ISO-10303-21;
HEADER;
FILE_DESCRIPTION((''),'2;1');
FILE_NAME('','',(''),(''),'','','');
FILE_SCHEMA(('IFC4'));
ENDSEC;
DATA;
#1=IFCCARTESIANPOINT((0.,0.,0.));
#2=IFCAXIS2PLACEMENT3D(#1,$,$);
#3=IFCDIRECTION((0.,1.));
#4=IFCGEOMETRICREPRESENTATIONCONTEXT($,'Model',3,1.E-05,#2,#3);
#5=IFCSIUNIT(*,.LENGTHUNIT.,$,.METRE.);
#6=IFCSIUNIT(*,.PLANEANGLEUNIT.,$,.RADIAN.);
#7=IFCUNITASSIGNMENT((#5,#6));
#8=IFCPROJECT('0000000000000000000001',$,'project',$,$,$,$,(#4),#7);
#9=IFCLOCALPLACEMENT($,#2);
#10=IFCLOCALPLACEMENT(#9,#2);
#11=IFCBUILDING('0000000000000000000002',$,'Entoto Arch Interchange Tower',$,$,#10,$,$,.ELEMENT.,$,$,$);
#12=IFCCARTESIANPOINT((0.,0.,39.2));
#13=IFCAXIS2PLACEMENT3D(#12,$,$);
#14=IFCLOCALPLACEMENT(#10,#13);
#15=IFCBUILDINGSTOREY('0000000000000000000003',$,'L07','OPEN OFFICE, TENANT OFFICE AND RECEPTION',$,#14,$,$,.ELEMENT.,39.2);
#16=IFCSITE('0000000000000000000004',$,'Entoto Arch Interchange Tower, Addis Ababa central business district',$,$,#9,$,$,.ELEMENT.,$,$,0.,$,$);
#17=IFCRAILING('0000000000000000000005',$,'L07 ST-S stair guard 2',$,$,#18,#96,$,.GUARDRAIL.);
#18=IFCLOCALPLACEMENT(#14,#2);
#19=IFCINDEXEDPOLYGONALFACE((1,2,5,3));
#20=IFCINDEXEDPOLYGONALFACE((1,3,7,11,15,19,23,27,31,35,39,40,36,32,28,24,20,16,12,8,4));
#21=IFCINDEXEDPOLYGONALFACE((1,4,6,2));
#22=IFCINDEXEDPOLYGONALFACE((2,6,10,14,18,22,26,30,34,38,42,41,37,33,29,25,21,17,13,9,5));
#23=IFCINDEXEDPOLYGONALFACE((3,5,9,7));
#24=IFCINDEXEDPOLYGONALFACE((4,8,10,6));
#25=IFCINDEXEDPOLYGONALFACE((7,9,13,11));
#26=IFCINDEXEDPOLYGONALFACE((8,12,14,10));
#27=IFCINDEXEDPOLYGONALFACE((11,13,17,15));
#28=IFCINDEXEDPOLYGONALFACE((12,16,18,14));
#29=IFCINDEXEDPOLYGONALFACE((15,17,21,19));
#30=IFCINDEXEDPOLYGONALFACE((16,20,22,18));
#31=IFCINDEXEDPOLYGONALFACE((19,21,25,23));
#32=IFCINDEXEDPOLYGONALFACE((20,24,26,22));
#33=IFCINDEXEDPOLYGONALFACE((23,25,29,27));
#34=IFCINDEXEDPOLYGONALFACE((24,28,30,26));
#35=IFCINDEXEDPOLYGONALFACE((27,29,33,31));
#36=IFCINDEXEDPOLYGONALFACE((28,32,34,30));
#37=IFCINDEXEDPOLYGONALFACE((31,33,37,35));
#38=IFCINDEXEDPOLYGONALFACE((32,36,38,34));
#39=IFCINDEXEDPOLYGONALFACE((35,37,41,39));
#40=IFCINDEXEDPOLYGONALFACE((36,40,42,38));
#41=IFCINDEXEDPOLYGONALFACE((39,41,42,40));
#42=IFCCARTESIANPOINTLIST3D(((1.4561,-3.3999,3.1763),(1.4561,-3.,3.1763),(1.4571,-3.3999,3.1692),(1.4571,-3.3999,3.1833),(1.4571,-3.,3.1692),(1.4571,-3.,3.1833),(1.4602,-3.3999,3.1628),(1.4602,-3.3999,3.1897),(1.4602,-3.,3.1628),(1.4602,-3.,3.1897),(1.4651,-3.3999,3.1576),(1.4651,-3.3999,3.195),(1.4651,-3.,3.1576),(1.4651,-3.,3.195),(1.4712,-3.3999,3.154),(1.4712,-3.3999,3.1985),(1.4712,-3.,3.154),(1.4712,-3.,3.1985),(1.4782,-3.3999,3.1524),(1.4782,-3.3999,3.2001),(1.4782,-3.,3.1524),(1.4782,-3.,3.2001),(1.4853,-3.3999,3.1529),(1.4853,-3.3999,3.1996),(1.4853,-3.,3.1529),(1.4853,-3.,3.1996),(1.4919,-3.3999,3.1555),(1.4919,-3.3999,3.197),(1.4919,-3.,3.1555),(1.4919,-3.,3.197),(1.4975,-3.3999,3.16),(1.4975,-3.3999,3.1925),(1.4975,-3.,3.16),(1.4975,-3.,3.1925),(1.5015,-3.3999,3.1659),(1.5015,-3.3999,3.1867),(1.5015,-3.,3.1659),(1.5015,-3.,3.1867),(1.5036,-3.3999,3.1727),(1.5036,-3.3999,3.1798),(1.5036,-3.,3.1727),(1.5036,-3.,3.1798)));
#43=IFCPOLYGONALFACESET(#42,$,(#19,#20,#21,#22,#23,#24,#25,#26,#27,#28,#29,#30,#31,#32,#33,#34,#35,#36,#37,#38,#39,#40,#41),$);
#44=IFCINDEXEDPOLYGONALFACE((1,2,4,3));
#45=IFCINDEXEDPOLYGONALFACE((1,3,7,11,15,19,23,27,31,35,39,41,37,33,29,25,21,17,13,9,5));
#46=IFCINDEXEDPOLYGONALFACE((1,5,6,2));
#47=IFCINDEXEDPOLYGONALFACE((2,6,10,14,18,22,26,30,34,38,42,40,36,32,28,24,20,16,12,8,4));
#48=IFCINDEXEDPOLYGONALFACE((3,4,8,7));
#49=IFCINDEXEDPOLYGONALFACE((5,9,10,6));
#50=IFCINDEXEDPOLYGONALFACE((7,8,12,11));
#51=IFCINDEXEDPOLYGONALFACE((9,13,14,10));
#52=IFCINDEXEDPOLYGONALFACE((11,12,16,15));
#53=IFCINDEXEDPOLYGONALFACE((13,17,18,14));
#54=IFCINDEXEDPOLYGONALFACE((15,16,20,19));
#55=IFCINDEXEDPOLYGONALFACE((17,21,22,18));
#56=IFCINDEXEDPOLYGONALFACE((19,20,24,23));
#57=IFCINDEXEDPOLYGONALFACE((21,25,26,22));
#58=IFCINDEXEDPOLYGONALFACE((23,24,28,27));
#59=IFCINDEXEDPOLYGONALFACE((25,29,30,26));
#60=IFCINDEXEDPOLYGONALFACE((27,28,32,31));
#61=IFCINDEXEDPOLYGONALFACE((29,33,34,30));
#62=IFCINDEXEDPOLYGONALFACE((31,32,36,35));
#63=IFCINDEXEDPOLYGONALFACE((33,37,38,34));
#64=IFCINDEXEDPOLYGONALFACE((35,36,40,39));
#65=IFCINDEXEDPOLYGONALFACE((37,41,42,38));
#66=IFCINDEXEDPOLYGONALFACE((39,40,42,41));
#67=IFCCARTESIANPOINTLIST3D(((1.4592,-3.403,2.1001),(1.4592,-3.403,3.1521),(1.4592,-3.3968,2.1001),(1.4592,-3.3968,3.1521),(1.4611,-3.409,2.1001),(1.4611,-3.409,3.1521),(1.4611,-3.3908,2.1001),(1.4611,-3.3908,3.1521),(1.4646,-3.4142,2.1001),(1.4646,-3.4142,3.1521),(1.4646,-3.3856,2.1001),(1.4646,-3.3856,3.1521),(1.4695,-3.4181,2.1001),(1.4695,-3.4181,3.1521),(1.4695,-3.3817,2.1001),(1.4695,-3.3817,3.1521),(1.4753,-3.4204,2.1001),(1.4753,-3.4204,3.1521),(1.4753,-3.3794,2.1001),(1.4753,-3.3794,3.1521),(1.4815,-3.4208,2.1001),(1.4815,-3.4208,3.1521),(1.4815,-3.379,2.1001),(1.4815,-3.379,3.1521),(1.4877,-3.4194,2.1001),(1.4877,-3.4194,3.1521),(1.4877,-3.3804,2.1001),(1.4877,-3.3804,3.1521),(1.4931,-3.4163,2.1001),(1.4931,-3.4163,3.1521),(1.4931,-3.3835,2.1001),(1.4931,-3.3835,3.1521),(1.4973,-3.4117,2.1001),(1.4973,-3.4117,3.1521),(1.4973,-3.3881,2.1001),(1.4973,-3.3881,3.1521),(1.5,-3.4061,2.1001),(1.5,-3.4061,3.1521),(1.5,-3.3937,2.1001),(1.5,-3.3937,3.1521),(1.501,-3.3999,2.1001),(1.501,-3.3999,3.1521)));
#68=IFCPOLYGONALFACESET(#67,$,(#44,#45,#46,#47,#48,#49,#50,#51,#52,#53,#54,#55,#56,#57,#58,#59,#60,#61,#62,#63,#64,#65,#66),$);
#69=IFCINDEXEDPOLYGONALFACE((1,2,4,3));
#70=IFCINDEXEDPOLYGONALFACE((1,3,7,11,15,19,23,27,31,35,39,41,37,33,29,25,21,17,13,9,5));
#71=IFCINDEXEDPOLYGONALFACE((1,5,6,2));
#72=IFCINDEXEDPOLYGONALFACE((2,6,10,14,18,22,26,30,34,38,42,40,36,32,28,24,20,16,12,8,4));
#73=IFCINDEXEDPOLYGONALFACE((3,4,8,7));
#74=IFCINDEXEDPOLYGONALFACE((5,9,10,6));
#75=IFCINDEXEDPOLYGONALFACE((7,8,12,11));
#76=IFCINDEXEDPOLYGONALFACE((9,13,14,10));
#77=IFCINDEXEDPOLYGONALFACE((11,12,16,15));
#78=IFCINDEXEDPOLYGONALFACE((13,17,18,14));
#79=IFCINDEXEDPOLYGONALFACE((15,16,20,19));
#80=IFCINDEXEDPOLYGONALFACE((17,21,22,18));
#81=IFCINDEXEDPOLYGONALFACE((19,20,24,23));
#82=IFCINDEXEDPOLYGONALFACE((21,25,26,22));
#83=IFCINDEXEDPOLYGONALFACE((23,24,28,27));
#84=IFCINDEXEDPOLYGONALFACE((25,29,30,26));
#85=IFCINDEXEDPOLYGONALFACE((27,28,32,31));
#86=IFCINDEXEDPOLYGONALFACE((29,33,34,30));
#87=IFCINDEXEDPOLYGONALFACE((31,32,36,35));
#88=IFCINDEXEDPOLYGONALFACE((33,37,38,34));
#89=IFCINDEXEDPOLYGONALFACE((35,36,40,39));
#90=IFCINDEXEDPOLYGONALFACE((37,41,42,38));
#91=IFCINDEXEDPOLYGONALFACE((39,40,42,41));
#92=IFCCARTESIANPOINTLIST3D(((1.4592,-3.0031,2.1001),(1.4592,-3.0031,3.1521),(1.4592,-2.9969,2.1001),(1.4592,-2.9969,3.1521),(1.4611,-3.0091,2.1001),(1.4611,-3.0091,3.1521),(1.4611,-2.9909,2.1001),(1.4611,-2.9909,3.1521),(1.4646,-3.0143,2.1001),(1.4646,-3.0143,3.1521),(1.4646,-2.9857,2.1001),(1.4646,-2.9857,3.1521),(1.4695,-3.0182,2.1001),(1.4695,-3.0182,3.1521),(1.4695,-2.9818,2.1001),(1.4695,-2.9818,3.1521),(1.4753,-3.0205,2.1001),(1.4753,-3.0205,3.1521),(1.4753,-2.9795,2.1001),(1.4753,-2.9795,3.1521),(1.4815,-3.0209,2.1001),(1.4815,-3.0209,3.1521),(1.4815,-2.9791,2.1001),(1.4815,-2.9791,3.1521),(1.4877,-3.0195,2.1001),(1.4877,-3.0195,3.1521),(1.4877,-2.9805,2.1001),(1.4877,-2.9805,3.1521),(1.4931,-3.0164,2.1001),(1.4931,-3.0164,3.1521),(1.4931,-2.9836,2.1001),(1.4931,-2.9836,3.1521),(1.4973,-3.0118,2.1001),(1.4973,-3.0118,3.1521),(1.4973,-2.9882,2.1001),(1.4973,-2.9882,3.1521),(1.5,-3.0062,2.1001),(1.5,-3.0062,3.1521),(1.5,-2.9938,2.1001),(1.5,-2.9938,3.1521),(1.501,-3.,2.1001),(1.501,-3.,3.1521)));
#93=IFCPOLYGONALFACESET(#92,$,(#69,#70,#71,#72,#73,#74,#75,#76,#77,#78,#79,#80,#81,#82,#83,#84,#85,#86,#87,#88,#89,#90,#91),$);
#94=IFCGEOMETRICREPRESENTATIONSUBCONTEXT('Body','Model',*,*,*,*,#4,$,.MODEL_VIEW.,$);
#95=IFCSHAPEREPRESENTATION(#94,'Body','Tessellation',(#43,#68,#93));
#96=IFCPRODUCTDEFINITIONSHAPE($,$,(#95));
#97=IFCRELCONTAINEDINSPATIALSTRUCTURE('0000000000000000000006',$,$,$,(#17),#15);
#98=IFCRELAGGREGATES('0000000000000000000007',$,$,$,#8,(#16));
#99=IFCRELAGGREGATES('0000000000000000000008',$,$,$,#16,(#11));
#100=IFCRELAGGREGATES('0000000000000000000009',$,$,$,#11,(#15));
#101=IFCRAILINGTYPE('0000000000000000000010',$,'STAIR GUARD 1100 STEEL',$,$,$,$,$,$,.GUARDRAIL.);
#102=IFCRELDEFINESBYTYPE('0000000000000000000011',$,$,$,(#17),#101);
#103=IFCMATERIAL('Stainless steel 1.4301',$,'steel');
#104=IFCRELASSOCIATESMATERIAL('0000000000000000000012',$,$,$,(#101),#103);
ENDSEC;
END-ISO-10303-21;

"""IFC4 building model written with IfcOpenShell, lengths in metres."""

from ifc_helpers import new_model, si_unit, direction, frame, origin, origin_2d, place, context, subcontext, project, spatial, circle, extrude, material, type_object, element, save


model = new_model("IFC4")

# Units and contexts
model_context = context("Model", 3, precision=1e-05, world=origin(), true_north=direction((0.0, 1.0)))
body_context = subcontext(model_context, "Body", "Model", "MODEL_VIEW")
ifc_project = project(units=[si_unit("LENGTHUNIT", "METRE"), si_unit("PLANEANGLEUNIT", "RADIAN")], contexts=[model_context])

# Site, building, storey
site_placement = place(None, origin())
site = spatial("IfcSite", under=ifc_project, at=site_placement, Name="Entoto Arch Interchange Tower, Addis Ababa central business district", CompositionType="ELEMENT", RefElevation=0.0)
building_placement = place(site_placement, origin())
building = spatial("IfcBuilding", under=site, at=building_placement, Name="Entoto Arch Interchange Tower", CompositionType="ELEMENT")
storey_placement = place(building_placement, frame((0.0, 0.0, 39.2)))
storey = spatial("IfcBuildingStorey", under=building, at=storey_placement, Name="L07", Description="OPEN OFFICE, TENANT OFFICE AND RECEPTION", CompositionType="ELEMENT", Elevation=39.2)

# Railing
ifc_material_1 = material(Name="Stainless steel 1.4301", Category="steel")
railing_type_1 = type_object("IfcRailingType", Name="STAIR GUARD 1100 STEEL", PredefinedType="GUARDRAIL", material=ifc_material_1)
railing_1_placement = place(storey_placement, frame((1.48, -3.3999, 2.1001)))
element("IfcRailing", 1, at=railing_1_placement, inside=storey, type_object=railing_type_1, Name="L07 ST-S stair guard 2", PredefinedType="GUARDRAIL", context=body_context, shape_type="SweptSolid", body=[
    extrude(circle(Radius=0.0239, at=origin_2d()), frame((0.0, 0.0, 1.0762), z_axis=(0.0, 1.0, 0.0), x_axis=(-1.0, 0.0, 0.0)), (0.0, 0.0, 1.0), 0.3999),
    extrude(circle(Radius=0.021, at=origin_2d()), origin(), (0.0, 0.0, 1.0), 1.052),
    extrude(circle(Radius=0.021, at=origin_2d()), frame((0.0, 0.3999, 0.0)), (0.0, 0.0, 1.0), 1.052),
])

save(model, "model.ifc")
